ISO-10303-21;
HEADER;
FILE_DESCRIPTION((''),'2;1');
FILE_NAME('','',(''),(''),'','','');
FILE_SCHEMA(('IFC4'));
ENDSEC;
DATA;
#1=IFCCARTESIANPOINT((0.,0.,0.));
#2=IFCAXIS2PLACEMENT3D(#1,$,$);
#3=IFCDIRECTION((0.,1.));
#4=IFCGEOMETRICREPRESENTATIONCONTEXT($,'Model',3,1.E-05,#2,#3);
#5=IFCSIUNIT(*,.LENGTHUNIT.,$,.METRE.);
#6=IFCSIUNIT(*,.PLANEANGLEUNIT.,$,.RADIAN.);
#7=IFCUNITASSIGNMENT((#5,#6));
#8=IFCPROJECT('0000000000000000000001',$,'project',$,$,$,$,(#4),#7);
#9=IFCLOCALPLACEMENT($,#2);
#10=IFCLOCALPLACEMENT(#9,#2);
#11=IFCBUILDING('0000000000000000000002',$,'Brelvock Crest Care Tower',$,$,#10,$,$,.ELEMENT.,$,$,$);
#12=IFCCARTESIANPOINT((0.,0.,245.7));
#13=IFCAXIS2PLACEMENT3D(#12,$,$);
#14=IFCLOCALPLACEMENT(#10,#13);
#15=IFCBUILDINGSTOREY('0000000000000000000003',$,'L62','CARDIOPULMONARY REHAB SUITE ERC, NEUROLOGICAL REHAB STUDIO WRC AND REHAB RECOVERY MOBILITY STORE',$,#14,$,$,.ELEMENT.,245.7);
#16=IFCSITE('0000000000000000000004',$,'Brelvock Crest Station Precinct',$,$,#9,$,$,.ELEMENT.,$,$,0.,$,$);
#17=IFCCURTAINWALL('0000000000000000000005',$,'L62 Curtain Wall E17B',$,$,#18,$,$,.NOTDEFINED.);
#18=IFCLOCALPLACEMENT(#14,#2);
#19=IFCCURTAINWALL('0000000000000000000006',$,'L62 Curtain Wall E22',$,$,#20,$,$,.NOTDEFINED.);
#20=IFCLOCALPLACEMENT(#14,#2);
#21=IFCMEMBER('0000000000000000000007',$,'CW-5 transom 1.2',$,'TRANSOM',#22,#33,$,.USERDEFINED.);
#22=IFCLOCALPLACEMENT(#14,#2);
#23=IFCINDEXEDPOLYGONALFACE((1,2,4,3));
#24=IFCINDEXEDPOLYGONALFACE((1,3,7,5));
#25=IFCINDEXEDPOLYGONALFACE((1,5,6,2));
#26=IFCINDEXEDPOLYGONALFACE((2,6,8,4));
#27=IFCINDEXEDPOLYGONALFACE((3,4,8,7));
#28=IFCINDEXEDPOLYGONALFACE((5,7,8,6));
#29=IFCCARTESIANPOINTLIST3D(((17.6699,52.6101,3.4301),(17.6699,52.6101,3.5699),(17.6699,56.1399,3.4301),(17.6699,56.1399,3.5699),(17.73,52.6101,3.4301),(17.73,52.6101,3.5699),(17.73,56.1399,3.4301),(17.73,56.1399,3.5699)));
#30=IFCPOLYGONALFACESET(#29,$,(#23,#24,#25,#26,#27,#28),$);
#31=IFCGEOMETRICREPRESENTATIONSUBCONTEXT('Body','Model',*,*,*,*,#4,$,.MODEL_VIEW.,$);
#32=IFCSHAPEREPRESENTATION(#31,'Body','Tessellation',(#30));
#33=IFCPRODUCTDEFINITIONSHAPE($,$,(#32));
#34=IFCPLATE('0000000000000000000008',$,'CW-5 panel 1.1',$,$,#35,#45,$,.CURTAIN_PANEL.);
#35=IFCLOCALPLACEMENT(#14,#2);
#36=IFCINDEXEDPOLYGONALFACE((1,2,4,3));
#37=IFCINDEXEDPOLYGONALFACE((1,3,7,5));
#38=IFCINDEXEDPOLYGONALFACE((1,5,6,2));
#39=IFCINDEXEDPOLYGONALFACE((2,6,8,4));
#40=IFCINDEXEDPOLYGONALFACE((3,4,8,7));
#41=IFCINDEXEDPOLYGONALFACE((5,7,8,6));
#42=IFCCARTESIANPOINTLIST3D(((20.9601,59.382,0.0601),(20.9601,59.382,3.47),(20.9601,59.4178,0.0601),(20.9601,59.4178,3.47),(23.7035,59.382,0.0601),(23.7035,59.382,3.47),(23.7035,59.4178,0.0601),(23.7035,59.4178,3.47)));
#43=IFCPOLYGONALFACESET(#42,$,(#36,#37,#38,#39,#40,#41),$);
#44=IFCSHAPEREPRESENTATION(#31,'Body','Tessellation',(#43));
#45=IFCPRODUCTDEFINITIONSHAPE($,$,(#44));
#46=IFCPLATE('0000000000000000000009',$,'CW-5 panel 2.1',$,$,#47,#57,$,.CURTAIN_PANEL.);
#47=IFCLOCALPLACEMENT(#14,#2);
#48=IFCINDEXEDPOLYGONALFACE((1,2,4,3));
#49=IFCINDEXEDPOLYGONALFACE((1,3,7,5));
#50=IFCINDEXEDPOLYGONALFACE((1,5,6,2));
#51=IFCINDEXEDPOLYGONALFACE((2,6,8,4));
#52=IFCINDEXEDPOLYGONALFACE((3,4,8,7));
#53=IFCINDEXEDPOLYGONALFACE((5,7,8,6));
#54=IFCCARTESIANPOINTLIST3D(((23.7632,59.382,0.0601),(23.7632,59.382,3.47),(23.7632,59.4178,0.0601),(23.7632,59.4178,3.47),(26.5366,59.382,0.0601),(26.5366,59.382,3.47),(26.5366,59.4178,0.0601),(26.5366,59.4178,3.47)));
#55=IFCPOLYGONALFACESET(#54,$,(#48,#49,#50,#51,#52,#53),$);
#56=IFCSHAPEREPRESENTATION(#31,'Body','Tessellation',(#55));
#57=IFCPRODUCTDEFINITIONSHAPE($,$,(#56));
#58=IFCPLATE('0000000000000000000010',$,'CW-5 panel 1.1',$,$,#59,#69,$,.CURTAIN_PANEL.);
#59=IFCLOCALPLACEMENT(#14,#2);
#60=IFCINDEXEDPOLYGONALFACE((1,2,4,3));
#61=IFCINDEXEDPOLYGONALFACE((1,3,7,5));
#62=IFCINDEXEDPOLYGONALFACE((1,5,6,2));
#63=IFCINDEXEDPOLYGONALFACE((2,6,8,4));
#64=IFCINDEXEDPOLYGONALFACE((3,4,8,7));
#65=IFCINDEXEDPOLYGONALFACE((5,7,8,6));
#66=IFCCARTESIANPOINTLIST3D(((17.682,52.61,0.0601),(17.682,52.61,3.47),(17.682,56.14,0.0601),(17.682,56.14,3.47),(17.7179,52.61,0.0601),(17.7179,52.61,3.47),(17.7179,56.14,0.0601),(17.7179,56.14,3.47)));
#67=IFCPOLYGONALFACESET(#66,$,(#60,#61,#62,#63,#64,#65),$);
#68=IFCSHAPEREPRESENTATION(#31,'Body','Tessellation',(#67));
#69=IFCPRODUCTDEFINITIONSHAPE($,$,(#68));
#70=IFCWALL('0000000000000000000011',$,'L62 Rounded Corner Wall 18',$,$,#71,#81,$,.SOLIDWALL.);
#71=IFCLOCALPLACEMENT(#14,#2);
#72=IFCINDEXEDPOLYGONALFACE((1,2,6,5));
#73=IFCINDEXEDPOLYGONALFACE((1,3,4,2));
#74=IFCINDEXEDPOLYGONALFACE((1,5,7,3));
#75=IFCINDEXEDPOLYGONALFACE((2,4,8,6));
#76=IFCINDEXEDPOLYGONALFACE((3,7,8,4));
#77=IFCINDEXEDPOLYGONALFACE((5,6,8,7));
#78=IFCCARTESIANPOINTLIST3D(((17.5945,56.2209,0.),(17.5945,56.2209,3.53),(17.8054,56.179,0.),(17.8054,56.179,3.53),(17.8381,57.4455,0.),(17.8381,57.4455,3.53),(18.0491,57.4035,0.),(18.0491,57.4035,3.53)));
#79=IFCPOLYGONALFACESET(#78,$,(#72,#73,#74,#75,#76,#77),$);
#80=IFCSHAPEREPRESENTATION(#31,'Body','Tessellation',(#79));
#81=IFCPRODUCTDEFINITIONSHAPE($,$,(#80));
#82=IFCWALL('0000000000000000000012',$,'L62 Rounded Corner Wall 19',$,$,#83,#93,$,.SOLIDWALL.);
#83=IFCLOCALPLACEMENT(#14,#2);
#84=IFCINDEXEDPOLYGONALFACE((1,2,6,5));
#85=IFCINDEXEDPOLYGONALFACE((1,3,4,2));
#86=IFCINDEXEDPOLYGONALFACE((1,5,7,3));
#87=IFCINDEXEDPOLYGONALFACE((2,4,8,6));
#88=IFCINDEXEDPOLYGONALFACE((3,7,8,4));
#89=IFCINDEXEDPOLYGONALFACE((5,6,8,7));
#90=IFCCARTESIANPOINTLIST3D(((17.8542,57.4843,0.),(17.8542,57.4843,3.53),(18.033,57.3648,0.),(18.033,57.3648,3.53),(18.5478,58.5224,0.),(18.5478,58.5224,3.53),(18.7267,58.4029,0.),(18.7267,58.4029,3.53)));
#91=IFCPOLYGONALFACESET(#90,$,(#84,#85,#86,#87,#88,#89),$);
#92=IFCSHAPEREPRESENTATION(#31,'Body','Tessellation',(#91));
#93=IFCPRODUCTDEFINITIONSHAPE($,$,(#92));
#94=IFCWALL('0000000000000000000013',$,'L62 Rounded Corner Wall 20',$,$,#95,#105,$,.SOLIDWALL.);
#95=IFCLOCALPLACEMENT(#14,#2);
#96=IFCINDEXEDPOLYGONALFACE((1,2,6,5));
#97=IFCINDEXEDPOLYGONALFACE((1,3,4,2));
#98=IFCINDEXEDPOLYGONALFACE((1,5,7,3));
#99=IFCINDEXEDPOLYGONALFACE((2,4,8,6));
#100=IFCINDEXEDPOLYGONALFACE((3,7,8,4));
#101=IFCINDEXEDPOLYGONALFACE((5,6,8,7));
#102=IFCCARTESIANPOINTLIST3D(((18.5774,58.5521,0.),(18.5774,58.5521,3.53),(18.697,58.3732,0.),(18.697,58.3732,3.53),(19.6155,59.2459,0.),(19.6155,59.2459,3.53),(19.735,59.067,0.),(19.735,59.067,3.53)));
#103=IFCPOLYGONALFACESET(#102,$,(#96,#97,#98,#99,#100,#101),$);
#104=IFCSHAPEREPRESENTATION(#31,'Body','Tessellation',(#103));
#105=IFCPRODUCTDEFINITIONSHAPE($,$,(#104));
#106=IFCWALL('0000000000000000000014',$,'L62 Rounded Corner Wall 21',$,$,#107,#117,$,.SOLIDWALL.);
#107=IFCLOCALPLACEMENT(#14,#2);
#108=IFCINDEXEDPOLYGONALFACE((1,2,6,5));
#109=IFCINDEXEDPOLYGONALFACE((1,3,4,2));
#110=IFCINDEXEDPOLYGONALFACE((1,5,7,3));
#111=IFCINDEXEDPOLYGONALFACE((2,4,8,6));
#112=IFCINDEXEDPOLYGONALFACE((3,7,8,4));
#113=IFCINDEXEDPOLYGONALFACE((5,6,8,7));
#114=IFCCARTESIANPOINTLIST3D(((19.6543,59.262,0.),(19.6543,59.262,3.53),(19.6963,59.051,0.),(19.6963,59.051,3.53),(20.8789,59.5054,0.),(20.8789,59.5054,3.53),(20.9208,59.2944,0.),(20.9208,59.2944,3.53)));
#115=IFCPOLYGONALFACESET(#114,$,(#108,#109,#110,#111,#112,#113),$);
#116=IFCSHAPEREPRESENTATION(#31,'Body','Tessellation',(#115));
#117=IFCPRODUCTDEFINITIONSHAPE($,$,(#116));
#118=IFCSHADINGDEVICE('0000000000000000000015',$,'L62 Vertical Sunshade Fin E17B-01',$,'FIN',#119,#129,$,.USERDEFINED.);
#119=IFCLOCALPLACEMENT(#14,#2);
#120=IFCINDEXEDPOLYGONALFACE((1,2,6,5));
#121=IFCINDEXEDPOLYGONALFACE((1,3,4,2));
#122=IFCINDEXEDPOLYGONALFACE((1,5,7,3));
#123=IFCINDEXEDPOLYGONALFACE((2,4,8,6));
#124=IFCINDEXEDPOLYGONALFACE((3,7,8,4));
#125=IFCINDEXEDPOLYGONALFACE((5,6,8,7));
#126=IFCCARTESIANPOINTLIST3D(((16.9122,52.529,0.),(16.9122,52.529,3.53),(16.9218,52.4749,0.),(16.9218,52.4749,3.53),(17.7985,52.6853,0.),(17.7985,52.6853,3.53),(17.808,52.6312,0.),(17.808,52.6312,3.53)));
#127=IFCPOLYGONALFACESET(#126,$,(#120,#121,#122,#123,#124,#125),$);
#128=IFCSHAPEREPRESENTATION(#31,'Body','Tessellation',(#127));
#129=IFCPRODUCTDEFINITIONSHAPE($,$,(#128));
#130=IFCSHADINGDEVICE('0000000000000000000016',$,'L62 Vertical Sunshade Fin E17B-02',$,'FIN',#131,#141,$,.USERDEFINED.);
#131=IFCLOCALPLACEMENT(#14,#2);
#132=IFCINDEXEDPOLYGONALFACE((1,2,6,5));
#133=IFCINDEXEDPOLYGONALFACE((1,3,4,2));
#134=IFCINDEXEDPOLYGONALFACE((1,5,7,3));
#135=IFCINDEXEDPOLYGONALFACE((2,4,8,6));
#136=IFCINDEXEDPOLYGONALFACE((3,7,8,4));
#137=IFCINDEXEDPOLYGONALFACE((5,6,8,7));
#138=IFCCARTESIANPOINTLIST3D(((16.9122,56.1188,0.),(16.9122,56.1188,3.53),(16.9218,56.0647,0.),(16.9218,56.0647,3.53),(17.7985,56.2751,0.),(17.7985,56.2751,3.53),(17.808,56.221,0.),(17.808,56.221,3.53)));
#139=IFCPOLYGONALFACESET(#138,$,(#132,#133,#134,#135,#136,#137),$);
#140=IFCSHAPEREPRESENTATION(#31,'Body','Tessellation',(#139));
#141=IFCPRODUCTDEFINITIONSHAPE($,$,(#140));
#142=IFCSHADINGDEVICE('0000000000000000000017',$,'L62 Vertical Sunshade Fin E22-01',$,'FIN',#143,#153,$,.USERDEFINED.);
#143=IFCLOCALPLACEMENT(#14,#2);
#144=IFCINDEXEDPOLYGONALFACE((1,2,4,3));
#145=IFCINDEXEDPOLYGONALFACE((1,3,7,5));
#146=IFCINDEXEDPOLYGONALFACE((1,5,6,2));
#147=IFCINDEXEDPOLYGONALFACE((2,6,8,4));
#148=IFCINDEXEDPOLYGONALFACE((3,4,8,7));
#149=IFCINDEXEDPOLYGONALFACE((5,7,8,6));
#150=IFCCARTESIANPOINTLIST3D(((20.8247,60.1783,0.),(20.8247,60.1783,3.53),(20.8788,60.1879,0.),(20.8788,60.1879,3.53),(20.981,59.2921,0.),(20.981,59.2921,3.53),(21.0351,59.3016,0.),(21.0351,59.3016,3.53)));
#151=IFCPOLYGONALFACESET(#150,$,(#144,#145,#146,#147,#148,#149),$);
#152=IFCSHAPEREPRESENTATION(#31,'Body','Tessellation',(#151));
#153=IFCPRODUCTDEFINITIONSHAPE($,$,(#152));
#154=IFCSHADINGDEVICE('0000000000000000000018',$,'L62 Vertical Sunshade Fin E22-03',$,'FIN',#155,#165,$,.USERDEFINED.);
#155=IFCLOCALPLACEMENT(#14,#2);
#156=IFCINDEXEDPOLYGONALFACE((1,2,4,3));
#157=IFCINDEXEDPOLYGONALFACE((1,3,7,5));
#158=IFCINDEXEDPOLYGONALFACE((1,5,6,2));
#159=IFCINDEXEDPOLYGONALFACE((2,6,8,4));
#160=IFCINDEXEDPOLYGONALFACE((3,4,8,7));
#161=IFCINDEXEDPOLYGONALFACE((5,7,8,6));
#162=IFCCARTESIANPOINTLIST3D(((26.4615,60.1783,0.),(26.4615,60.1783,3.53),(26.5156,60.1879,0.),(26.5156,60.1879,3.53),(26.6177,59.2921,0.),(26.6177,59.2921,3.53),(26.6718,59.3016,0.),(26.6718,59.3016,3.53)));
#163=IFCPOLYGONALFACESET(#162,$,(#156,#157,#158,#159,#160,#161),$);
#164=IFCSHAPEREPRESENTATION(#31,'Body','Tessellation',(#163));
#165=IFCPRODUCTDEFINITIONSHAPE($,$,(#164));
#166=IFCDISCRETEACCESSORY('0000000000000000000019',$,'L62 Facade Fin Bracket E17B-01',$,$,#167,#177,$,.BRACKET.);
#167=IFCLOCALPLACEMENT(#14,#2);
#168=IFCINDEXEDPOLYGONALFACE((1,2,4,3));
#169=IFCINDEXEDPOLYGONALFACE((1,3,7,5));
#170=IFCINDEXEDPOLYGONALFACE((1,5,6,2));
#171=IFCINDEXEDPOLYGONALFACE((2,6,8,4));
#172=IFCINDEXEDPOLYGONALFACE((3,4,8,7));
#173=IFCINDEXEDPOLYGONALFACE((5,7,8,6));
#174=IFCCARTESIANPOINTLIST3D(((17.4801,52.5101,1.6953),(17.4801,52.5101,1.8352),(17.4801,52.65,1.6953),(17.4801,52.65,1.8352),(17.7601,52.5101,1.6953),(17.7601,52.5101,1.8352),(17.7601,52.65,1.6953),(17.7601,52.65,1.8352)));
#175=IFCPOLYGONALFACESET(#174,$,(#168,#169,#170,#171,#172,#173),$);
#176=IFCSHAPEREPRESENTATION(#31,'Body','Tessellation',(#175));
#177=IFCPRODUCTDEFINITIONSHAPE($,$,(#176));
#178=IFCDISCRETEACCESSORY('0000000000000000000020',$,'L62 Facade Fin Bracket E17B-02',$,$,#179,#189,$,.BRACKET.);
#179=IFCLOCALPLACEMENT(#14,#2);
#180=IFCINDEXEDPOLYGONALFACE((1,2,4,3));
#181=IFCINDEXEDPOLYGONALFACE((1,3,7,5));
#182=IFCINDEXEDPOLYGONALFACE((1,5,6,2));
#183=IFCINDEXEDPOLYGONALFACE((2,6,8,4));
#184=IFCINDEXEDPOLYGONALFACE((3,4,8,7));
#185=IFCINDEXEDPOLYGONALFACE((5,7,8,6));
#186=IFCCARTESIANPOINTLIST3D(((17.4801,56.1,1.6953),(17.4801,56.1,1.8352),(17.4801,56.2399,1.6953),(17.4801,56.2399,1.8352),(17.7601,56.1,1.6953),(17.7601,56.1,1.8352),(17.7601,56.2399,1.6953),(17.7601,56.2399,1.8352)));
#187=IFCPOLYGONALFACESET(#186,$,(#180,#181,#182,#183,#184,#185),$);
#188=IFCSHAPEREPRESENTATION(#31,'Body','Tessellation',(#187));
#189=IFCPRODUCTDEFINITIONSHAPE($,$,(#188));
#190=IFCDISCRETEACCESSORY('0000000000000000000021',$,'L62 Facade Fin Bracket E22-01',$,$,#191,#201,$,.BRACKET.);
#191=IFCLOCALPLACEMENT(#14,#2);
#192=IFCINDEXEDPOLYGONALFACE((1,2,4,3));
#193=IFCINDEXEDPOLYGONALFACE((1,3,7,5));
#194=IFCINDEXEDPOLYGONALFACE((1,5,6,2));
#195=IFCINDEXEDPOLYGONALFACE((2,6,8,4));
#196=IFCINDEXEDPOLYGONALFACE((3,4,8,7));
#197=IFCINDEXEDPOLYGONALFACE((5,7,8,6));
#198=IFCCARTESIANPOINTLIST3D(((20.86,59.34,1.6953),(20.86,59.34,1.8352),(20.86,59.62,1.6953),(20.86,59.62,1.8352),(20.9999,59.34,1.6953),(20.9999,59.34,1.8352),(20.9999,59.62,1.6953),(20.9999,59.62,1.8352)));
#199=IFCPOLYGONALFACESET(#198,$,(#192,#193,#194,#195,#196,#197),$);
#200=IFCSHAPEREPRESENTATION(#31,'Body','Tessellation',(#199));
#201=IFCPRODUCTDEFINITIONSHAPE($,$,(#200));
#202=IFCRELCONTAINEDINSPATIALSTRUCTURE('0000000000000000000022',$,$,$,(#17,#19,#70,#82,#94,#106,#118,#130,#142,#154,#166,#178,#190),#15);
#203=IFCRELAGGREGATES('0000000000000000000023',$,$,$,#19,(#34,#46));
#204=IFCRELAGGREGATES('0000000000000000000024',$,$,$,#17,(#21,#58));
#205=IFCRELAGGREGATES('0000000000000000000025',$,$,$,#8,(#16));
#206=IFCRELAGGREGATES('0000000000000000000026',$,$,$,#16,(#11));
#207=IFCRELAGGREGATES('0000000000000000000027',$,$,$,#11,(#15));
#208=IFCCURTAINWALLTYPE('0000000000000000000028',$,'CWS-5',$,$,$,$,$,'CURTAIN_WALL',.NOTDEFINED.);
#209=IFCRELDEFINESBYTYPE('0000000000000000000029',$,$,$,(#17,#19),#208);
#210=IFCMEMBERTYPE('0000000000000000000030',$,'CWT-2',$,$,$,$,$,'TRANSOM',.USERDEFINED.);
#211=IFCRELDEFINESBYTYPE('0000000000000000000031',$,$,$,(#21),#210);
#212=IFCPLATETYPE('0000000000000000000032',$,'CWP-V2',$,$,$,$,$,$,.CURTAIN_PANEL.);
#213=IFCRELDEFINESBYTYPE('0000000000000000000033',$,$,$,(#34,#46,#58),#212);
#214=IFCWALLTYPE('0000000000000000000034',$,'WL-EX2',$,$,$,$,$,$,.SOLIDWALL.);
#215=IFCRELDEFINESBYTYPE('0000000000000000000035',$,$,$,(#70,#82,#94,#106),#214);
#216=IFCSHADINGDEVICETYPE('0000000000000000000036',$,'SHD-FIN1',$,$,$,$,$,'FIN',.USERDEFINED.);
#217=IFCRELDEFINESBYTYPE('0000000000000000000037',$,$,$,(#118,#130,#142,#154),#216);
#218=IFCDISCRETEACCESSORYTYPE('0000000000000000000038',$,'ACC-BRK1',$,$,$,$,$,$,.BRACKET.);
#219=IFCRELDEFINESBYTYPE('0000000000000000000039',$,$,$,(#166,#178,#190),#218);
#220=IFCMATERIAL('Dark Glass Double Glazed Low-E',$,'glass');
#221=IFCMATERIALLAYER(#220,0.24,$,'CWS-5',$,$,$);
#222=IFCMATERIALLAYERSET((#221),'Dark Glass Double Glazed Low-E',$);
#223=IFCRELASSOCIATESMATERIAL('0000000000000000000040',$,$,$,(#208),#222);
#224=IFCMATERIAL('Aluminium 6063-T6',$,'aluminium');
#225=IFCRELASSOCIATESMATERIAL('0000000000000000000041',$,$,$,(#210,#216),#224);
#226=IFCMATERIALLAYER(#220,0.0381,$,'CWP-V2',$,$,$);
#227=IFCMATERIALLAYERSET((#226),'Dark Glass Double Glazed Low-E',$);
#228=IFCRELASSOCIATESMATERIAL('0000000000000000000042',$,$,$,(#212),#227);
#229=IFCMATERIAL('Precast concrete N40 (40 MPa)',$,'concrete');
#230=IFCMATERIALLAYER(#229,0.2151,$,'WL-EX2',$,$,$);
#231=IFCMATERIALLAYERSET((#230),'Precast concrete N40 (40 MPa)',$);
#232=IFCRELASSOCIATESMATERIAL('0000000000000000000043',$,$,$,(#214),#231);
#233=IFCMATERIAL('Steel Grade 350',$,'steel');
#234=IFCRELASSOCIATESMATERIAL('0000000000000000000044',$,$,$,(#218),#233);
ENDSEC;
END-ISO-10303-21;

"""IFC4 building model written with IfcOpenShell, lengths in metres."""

from ifc_helpers import new_model, si_unit, direction, frame, frame_2d, origin, origin_2d, place, context, subcontext, project, spatial, rectangle, extrude, source, transform, mapped, material, layer, layer_set, material_profile, profile_set, type_object, element, aggregate, save


model = new_model("IFC4")

# Units and contexts
model_context = context("Model", 3, precision=1e-05, world=origin(), true_north=direction((0.0, 1.0)))
body_context = subcontext(model_context, "Body", "Model", "MODEL_VIEW")
ifc_project = project(units=[si_unit("LENGTHUNIT", "METRE"), si_unit("PLANEANGLEUNIT", "RADIAN")], contexts=[model_context])

# Site, building, storey
site_placement = place(None, origin())
site = spatial("IfcSite", under=ifc_project, at=site_placement, Name="Brelvock Crest Station Precinct", CompositionType="ELEMENT", RefElevation=0.0)
building_placement = place(site_placement, origin())
building = spatial("IfcBuilding", under=site, at=building_placement, Name="Brelvock Crest Care Tower", CompositionType="ELEMENT")
storey_placement = place(building_placement, frame((0.0, 0.0, 245.7)))
storey = spatial("IfcBuildingStorey", under=building, at=storey_placement, Name="L62", Description="CARDIOPULMONARY REHAB SUITE ERC, NEUROLOGICAL REHAB STUDIO WRC AND REHAB RECOVERY MOBILITY STORE", CompositionType="ELEMENT", Elevation=245.7)

# Shared definitions
ifc_material_1 = material(Name="Steel Grade 350", Category="steel")

# Curtain walls
ifc_material_2 = material(Name="Dark Glass Double Glazed Low-E", Category="glass")
ifc_layer_1 = layer(ifc_material_2, 0.24, Name="CWS-5")
ifc_layer_set_1 = layer_set([ifc_layer_1], Name="Dark Glass Double Glazed Low-E")
curtain_wall_type = type_object("IfcCurtainWallType", Name="CWS-5", ElementType="CURTAIN_WALL", PredefinedType="NOTDEFINED", material=ifc_layer_set_1)
curtain_wall_1_placement = place(storey_placement, origin())
curtain_wall_1 = element("IfcCurtainWall", 1, at=curtain_wall_1_placement, inside=storey, type_object=curtain_wall_type, Name="L62 Curtain Wall E17B", PredefinedType="NOTDEFINED")
ifc_material_3 = material(Name="Aluminium 6063-T6", Category="aluminium")
curtain_wall_2_placement = place(storey_placement, origin())
curtain_wall_2 = element("IfcCurtainWall", 2, at=curtain_wall_2_placement, inside=storey, type_object=curtain_wall_type, Name="L62 Curtain Wall E22", PredefinedType="NOTDEFINED")
ifc_material_profile_1 = material_profile(ifc_material_3, rectangle(XDim=0.0601, YDim=0.1399, at=origin_2d()), Name="ALU60x140")
ifc_profile_set_1 = profile_set([ifc_material_profile_1], Name="Aluminium 6063-T6")
member_type_1 = type_object("IfcMemberType", Name="CWT-2", ElementType="TRANSOM", PredefinedType="USERDEFINED", material=ifc_profile_set_1)

# Member
shared_shape_1 = source(origin(), body_context, "Body", "SweptSolid", [
    extrude(rectangle(XDim=0.0601, YDim=0.1399, at=origin_2d()), origin(), (0.0, 0.0, 1.0), 3.5298),
])
member_1_placement = place(storey_placement, frame((17.7, 52.6101, 3.5), z_axis=(0.0, 1.0, 0.0), x_axis=(-1.0, 0.0, 0.0)))
member_1 = element("IfcMember", 3, at=member_1_placement, type_object=member_type_1, Name="CW-5 transom 1.2", ObjectType="TRANSOM", PredefinedType="USERDEFINED", context=body_context, shape_type="MappedRepresentation", body=[
    mapped(shared_shape_1, transform((0.0, 0.0, 0.0), x_axis=(1.0, 0.0, 0.0), y_axis=(0.0, 1.0, 0.0), z_axis=(0.0, 0.0, 1.0), scale=1.0)),
])

# Plates
ifc_layer_2 = layer(ifc_material_2, 0.0381, Name="CWP-V2")
ifc_layer_set_2 = layer_set([ifc_layer_2], Name="Dark Glass Double Glazed Low-E")
plate_type = type_object("IfcPlateType", Name="CWP-V2", PredefinedType="CURTAIN_PANEL", material=ifc_layer_set_2)
shared_shape_2 = source(origin(), body_context, "Body", "SweptSolid", [
    extrude(rectangle(XDim=2.7434, YDim=0.0359, at=origin_2d()), origin(), (0.0, 0.0, 1.0), 3.4099),
])
plate_1_placement = place(storey_placement, frame((22.3318, 59.3999, 0.0601), z_axis=(0.0, 0.0, 1.0), x_axis=(1.0, 0.0, 0.0)))
plate_1 = element("IfcPlate", 4, at=plate_1_placement, type_object=plate_type, Name="CW-5 panel 1.1", PredefinedType="CURTAIN_PANEL", context=body_context, shape_type="MappedRepresentation", body=[
    mapped(shared_shape_2, transform((0.0, 0.0, 0.0), x_axis=(1.0, 0.0, 0.0), y_axis=(0.0, 1.0, 0.0), z_axis=(0.0, 0.0, 1.0), scale=1.0)),
])
shared_shape_3 = source(origin(), body_context, "Body", "SweptSolid", [
    extrude(rectangle(XDim=2.7734, YDim=0.0359, at=origin_2d()), origin(), (0.0, 0.0, 1.0), 3.4099),
])
plate_2_placement = place(storey_placement, frame((25.1499, 59.3999, 0.0601), z_axis=(0.0, 0.0, 1.0), x_axis=(1.0, 0.0, 0.0)))
plate_2 = element("IfcPlate", 5, at=plate_2_placement, type_object=plate_type, Name="CW-5 panel 2.1", PredefinedType="CURTAIN_PANEL", context=body_context, shape_type="MappedRepresentation", body=[
    mapped(shared_shape_3, transform((0.0, 0.0, 0.0), x_axis=(1.0, 0.0, 0.0), y_axis=(0.0, 1.0, 0.0), z_axis=(0.0, 0.0, 1.0), scale=1.0)),
])
aggregate(curtain_wall_2, [plate_1, plate_2])
shared_shape_4 = source(origin(), body_context, "Body", "SweptSolid", [
    extrude(rectangle(XDim=3.53, YDim=0.0359, at=origin_2d()), origin(), (0.0, 0.0, 1.0), 3.4099),
])
plate_3_placement = place(storey_placement, frame((17.7, 54.375, 0.0601), z_axis=(0.0, 0.0, 1.0), x_axis=(0.0, 1.0, 0.0)))
plate_3 = element("IfcPlate", 6, at=plate_3_placement, type_object=plate_type, Name="CW-5 panel 1.1", PredefinedType="CURTAIN_PANEL", context=body_context, shape_type="MappedRepresentation", body=[
    mapped(shared_shape_4, transform((0.0, 0.0, 0.0), x_axis=(1.0, 0.0, 0.0), y_axis=(0.0, 1.0, 0.0), z_axis=(0.0, 0.0, 1.0), scale=1.0)),
])
aggregate(curtain_wall_1, [member_1, plate_3])

# Walls
ifc_material_4 = material(Name="Precast concrete N40 (40 MPa)", Category="concrete")
ifc_layer_3 = layer(ifc_material_4, 0.2151, Name="WL-EX2")
ifc_layer_set_3 = layer_set([ifc_layer_3], Name="Precast concrete N40 (40 MPa)")
wall_type = type_object("IfcWallType", Name="WL-EX2", PredefinedType="SOLIDWALL", material=ifc_layer_set_3)
for number, where, z_axis, x_axis, name in (
    (7, (17.7, 56.2, 0.0), (0.0, 0.0, 1.0), (0.195138, 0.980776, 0.0), "L62 Rounded Corner Wall 18"),
    (8, (17.9436, 57.4246, 0.0), (0.0, 0.0, 1.0), (0.555557, 0.831478, 0.0), "L62 Rounded Corner Wall 19"),
    (9, (18.6372, 58.4626, 0.0), (0.0, 0.0, 1.0), (0.831388, 0.555692, 0.0), "L62 Rounded Corner Wall 20"),
    (10, (19.6753, 59.1565, 0.0), (0.0, 0.0, 1.0), (0.980813, 0.19495, 0.0), "L62 Rounded Corner Wall 21"),
):
    element("IfcWall", number, at=place(storey_placement, frame(where, z_axis=z_axis, x_axis=x_axis)), inside=storey, type_object=wall_type, Name=name, PredefinedType="SOLIDWALL", context=body_context, shape_type="SweptSolid", body=[
        extrude(rectangle(XDim=1.2485, YDim=0.2151, at=frame_2d((0.6243, 0.0))), origin(), (0.0, 0.0, 1.0), 3.53),
    ])

# Shading devices
ifc_material_profile_2 = material_profile(ifc_material_3, rectangle(XDim=0.0549, YDim=0.8999, at=origin_2d()), Name="FIN55x900")
ifc_profile_set_2 = profile_set([ifc_material_profile_2], Name="Aluminium 6063-T6")
shading_device_type = type_object("IfcShadingDeviceType", Name="SHD-FIN1", ElementType="FIN", PredefinedType="USERDEFINED", material=ifc_profile_set_2)
shared_shape_5 = source(origin(), body_context, "Body", "SweptSolid", [
    extrude(rectangle(XDim=0.0549, YDim=0.8999, at=origin_2d()), origin(), (0.0, 0.0, 1.0), 3.53),
])
for number, where, z_axis, x_axis, name in (
    (11, (17.3601, 52.5801, 0.0), (0.0, 0.0, 1.0), (-0.173648, 0.984808, 0.0), "L62 Vertical Sunshade Fin E17B-01"),
    (12, (17.3601, 56.1699, 0.0), (0.0, 0.0, 1.0), (-0.173648, 0.984808, 0.0), "L62 Vertical Sunshade Fin E17B-02"),
    (13, (20.9299, 59.74, 0.0), (0.0, 0.0, 1.0), (0.984808, 0.173648, 0.0), "L62 Vertical Sunshade Fin E22-01"),
    (14, (26.5667, 59.74, 0.0), (0.0, 0.0, 1.0), (0.984808, 0.173648, 0.0), "L62 Vertical Sunshade Fin E22-03"),
):
    element("IfcShadingDevice", number, at=place(storey_placement, frame(where, z_axis=z_axis, x_axis=x_axis)), inside=storey, type_object=shading_device_type, Name=name, ObjectType="FIN", PredefinedType="USERDEFINED", context=body_context, shape_type="MappedRepresentation", body=[
        mapped(shared_shape_5, transform((0.0, 0.0, 0.0), x_axis=(1.0, 0.0, 0.0), y_axis=(0.0, 1.0, 0.0), z_axis=(0.0, 0.0, 1.0), scale=1.0)),
    ])

# Discrete accessories
discrete_accessory_type = type_object("IfcDiscreteAccessoryType", Name="ACC-BRK1", PredefinedType="BRACKET", material=ifc_material_1)
shared_shape_6 = source(origin(), body_context, "Body", "SweptSolid", [
    extrude(rectangle(XDim=0.28, YDim=0.1399, at=origin_2d()), origin(), (0.0, 0.0, 1.0), 0.1399),
])
for number, where, z_axis, x_axis, name in (
    (15, (17.6201, 52.5801, 1.6953), (0.0, 0.0, 1.0), (-1.0, 0.0, 0.0), "L62 Facade Fin Bracket E17B-01"),
    (16, (17.6201, 56.1699, 1.6953), (0.0, 0.0, 1.0), (-1.0, 0.0, 0.0), "L62 Facade Fin Bracket E17B-02"),
    (17, (20.9299, 59.48, 1.6953), (0.0, 0.0, 1.0), (0.0, 1.0, 0.0), "L62 Facade Fin Bracket E22-01"),
):
    element("IfcDiscreteAccessory", number, at=place(storey_placement, frame(where, z_axis=z_axis, x_axis=x_axis)), inside=storey, type_object=discrete_accessory_type, Name=name, PredefinedType="BRACKET", context=body_context, shape_type="MappedRepresentation", body=[
        mapped(shared_shape_6, transform((0.0, 0.0, 0.0), x_axis=(1.0, 0.0, 0.0), y_axis=(0.0, 1.0, 0.0), z_axis=(0.0, 0.0, 1.0), scale=1.0)),
    ])

save(model, "model.ifc")
